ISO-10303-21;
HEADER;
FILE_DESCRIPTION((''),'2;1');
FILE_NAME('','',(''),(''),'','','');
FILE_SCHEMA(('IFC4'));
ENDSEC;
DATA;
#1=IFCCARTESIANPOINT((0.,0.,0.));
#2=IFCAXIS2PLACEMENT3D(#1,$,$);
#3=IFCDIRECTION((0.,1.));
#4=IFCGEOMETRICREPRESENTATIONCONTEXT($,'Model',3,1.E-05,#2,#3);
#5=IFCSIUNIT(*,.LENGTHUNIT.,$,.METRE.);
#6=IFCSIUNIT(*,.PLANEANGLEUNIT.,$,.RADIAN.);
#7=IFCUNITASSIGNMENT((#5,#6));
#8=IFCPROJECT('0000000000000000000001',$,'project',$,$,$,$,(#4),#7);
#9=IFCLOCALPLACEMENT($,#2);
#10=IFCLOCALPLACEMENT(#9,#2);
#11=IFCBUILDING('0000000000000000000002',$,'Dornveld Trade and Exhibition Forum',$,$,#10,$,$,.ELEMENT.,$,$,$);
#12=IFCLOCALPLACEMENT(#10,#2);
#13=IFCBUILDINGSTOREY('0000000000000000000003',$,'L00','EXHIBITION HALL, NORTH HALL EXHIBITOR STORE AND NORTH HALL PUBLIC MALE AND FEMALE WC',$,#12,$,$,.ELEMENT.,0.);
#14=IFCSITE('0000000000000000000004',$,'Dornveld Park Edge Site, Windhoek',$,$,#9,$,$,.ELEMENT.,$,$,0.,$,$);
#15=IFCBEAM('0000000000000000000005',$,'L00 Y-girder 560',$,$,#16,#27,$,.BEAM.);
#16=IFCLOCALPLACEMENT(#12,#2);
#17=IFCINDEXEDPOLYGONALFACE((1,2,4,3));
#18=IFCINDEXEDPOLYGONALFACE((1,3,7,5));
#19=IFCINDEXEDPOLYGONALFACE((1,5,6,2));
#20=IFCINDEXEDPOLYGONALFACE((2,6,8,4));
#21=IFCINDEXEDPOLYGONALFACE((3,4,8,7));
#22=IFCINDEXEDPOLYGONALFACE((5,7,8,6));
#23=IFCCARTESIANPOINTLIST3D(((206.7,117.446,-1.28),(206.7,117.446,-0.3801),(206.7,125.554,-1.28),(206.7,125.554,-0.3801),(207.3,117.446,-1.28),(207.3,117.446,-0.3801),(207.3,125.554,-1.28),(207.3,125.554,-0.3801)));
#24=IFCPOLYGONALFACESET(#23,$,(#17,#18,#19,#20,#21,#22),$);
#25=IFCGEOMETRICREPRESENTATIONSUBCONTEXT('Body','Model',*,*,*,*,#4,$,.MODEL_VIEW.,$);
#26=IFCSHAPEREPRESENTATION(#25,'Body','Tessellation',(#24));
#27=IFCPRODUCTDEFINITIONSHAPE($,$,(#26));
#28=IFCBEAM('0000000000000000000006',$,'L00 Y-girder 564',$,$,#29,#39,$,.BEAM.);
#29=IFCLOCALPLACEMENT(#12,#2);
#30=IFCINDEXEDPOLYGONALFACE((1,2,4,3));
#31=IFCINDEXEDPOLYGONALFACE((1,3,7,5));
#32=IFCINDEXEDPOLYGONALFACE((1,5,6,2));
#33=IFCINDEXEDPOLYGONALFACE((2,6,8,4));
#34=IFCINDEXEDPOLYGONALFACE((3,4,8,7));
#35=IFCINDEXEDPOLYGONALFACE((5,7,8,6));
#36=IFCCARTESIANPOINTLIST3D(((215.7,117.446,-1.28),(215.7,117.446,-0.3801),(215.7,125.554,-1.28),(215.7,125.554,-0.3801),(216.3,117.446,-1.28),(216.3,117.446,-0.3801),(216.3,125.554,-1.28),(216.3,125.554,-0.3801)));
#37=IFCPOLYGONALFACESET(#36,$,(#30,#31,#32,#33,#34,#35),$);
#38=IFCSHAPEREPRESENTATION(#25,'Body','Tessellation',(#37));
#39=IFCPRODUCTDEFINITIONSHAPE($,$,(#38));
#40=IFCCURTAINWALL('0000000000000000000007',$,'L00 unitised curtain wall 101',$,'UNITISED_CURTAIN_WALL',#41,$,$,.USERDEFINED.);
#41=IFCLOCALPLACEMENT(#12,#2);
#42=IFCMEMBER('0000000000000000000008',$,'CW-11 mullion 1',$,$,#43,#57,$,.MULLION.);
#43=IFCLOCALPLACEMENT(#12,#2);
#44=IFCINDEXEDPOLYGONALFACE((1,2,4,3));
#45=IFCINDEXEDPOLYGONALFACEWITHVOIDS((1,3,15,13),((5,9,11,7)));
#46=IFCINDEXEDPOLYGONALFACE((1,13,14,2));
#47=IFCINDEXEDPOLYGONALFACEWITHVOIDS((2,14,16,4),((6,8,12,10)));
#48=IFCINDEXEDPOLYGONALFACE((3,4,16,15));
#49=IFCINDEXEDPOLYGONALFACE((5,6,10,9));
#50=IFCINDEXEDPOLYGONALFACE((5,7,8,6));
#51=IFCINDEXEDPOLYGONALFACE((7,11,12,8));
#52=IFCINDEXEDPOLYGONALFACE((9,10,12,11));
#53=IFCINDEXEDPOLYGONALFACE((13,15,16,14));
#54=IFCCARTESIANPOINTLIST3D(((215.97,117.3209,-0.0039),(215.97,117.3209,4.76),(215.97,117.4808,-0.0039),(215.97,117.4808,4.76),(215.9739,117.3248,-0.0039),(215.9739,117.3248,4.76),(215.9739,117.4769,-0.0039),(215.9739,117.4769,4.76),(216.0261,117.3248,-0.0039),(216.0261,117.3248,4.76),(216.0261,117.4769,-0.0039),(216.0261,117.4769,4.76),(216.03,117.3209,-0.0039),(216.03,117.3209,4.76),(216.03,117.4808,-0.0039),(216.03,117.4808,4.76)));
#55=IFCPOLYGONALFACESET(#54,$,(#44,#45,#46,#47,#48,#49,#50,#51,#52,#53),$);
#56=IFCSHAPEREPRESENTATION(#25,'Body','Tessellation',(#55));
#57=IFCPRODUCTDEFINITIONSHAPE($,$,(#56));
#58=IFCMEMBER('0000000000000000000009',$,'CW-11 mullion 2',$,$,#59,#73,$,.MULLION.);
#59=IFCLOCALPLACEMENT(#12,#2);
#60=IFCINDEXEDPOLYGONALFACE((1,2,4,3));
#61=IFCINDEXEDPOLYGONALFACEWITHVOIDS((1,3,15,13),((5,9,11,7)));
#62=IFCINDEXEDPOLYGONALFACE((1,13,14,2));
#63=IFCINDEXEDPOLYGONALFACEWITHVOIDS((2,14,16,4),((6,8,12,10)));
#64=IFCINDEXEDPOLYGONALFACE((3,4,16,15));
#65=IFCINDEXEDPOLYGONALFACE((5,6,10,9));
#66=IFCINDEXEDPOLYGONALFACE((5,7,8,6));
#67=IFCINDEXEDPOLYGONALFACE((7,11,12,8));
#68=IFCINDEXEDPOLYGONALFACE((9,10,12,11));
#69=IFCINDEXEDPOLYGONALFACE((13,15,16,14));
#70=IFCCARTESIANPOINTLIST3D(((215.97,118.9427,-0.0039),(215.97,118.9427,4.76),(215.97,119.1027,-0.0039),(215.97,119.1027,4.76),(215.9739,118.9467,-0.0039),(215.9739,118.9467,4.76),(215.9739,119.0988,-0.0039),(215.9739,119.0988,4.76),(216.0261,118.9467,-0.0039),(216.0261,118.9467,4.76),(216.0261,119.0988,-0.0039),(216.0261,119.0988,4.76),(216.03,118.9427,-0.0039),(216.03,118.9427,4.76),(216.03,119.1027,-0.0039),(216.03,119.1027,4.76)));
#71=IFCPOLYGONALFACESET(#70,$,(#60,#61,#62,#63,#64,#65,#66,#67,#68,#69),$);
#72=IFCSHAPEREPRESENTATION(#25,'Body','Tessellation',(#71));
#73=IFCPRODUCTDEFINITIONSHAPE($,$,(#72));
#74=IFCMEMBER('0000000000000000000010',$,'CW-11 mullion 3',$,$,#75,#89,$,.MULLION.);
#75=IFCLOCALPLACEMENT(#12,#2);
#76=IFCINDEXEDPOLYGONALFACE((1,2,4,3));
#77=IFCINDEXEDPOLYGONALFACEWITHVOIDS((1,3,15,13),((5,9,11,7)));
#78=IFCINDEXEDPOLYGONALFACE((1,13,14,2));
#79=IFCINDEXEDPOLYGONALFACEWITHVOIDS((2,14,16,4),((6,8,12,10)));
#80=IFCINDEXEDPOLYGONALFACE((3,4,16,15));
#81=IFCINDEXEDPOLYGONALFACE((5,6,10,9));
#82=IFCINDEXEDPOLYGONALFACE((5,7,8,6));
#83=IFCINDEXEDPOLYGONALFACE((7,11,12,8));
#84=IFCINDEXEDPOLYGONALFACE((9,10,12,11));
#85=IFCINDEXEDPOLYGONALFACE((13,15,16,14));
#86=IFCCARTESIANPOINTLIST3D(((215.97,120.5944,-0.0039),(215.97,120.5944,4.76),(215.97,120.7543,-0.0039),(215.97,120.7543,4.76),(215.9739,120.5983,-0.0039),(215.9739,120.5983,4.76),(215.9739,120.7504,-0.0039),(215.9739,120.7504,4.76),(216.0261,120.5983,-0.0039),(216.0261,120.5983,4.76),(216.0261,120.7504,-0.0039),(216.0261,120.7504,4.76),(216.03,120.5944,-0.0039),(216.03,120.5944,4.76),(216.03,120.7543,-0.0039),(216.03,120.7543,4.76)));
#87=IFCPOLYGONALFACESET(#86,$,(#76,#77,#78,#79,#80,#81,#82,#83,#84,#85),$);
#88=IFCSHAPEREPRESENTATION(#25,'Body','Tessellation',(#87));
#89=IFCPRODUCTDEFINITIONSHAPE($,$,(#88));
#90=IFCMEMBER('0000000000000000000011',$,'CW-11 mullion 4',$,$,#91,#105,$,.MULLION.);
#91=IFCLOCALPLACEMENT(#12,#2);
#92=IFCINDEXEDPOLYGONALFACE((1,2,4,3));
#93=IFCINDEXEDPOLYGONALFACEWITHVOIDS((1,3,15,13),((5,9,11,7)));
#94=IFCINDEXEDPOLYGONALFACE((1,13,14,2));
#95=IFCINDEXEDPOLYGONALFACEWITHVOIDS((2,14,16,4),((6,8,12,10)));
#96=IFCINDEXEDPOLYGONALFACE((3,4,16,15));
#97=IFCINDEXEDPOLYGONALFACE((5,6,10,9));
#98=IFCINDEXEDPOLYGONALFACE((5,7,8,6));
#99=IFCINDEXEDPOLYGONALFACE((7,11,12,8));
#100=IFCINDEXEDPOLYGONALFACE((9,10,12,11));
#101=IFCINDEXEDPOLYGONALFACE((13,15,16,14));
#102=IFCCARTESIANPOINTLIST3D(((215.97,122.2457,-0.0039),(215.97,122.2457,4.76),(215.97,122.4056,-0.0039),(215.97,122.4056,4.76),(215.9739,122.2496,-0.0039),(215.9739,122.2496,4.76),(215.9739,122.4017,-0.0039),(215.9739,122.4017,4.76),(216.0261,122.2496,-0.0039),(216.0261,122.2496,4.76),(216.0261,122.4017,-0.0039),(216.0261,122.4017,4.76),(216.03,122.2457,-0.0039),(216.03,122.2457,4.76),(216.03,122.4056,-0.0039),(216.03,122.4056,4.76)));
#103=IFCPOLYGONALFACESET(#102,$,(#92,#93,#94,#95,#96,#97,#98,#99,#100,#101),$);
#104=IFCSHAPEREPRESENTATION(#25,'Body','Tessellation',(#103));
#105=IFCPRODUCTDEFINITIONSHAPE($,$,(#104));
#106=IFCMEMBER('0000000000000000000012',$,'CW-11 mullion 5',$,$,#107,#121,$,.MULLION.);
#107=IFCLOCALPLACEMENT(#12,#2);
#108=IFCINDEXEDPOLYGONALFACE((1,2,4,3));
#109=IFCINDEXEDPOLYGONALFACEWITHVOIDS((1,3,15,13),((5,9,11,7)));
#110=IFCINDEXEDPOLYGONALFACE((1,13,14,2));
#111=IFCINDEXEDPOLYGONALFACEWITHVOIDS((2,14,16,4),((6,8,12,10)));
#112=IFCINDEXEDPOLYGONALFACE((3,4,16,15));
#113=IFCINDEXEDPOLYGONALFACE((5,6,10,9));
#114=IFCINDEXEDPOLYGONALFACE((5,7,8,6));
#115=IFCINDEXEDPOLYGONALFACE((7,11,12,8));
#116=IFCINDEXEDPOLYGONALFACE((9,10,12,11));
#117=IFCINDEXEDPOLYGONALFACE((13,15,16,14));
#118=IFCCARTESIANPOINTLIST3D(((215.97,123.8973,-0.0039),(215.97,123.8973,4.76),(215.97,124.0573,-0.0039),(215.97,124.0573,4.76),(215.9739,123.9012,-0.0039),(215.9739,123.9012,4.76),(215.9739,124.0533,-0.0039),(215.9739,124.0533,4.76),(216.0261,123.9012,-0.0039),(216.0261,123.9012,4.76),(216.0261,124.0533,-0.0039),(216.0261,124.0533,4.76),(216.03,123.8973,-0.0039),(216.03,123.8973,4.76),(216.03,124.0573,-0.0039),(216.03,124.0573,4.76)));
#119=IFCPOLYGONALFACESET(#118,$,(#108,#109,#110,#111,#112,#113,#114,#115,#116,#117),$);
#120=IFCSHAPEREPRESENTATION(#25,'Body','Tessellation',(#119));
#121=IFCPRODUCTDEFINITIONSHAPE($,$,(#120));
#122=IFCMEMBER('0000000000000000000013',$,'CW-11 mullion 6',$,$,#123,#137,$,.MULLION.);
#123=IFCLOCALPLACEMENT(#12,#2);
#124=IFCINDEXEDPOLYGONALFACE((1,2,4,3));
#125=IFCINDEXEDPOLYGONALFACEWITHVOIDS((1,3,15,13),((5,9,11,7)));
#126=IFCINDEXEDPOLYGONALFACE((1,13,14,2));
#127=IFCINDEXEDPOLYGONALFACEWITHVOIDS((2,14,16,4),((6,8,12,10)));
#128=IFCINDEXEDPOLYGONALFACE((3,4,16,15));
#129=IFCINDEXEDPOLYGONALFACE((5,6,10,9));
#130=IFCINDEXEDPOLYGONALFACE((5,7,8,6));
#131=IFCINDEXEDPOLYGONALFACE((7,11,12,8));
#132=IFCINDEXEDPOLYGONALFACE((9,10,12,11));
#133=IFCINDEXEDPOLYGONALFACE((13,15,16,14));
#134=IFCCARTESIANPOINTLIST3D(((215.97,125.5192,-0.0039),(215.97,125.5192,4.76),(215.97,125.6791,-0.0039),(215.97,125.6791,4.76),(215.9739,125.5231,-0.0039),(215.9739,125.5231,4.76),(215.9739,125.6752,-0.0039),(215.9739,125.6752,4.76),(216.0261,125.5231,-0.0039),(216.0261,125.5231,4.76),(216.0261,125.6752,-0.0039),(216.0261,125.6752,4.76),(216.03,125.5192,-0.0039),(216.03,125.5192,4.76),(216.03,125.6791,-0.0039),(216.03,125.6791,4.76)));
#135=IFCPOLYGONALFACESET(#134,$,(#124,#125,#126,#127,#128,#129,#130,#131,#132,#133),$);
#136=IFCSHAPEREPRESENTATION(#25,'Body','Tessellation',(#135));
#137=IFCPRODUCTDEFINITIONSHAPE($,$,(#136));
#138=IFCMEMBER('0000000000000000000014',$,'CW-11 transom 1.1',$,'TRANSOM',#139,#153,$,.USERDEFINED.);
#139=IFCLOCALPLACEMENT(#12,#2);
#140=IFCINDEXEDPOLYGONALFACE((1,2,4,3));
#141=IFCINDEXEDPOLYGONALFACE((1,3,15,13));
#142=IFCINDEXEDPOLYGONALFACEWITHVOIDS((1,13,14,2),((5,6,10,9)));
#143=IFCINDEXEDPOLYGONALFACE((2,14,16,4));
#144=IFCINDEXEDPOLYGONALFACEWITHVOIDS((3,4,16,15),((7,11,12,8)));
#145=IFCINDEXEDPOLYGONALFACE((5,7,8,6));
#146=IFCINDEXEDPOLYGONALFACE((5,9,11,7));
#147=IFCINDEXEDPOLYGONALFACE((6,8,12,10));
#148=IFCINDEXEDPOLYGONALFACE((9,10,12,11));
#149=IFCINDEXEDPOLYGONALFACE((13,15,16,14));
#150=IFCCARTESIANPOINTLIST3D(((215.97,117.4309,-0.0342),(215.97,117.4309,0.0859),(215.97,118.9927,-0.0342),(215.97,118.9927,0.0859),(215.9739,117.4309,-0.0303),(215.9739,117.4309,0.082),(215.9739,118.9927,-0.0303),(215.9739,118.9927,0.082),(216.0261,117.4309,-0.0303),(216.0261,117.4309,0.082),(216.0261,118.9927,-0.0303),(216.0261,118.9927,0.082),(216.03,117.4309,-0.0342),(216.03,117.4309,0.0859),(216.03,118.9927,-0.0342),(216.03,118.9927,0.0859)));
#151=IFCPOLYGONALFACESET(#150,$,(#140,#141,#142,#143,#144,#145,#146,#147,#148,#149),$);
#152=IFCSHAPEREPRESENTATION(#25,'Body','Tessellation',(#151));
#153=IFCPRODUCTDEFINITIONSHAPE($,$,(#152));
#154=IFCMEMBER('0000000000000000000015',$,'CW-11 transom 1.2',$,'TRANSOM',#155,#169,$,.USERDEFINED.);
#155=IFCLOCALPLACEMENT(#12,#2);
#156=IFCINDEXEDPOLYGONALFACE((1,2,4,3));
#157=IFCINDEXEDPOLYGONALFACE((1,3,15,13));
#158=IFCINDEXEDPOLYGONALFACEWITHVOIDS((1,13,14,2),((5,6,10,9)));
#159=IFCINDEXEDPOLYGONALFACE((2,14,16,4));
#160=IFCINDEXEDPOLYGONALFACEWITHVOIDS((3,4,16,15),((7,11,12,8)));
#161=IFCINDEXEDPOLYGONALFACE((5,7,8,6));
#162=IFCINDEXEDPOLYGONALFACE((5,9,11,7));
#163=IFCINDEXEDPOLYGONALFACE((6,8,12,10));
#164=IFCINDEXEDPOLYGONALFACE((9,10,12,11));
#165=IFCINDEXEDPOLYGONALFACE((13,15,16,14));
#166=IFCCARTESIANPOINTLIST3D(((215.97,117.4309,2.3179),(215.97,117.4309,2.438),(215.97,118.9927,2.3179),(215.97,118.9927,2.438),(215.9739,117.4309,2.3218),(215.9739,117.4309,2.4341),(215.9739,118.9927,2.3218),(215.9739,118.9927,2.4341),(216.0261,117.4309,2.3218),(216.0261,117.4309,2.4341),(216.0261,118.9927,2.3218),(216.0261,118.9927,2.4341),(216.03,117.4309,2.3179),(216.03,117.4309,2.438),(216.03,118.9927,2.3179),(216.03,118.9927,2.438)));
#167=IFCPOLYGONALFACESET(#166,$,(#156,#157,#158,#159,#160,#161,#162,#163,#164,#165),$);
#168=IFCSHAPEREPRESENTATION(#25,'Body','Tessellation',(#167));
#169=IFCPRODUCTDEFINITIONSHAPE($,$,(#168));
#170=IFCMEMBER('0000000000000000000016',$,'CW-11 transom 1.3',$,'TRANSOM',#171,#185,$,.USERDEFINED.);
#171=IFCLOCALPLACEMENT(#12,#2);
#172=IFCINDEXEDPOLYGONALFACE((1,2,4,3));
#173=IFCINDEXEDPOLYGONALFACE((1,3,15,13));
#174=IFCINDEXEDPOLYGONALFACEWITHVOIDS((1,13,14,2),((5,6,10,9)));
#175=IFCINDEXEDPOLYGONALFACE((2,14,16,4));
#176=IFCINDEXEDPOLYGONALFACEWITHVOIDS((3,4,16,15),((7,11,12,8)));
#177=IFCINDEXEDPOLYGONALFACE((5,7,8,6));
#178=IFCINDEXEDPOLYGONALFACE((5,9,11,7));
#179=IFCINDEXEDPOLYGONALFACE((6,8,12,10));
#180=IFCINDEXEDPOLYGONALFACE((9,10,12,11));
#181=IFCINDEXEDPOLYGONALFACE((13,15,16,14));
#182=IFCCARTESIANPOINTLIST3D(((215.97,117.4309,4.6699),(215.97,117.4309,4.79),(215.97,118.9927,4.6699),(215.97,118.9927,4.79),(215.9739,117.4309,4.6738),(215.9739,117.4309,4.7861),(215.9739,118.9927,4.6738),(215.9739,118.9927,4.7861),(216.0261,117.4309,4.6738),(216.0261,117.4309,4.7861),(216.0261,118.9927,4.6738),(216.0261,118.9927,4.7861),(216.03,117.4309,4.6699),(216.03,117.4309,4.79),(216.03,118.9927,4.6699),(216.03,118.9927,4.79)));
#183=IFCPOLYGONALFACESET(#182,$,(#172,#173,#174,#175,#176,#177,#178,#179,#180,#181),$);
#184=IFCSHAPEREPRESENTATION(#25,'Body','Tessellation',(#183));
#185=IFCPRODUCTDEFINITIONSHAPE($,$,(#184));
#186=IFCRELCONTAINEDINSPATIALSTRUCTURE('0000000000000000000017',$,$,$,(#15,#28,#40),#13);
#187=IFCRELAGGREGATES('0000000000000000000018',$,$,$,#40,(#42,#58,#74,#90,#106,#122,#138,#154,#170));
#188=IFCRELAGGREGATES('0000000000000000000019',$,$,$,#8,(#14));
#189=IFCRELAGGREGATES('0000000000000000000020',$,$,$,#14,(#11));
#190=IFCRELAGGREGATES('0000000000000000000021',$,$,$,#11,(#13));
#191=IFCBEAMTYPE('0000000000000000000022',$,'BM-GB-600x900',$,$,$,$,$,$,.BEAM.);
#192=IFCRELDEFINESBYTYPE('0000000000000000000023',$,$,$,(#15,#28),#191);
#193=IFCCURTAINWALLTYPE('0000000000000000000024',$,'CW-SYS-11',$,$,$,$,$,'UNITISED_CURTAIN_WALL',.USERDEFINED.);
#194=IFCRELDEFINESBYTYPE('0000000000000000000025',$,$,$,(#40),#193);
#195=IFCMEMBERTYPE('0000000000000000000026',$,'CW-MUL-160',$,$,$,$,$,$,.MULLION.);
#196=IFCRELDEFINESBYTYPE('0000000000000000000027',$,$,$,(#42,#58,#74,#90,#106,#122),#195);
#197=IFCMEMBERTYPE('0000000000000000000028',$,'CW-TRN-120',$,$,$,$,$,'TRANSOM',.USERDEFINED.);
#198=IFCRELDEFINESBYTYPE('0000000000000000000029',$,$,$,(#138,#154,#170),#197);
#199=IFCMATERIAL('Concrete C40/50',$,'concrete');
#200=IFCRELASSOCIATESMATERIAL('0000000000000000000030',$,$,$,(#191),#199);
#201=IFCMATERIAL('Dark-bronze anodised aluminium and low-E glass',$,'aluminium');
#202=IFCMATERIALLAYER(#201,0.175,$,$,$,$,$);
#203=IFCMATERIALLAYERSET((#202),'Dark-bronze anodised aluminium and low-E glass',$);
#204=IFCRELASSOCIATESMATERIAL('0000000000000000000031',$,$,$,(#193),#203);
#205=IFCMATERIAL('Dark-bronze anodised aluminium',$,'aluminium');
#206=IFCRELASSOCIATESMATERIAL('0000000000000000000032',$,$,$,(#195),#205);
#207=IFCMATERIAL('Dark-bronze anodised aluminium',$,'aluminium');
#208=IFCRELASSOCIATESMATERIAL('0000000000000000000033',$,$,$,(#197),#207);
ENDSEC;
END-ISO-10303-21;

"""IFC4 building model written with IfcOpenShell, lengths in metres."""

from ifc_helpers import new_model, si_unit, direction, frame, origin, origin_2d, place, context, subcontext, project, spatial, rectangle, hollow_rectangle, extrude, material, layer, layer_set, material_profile, profile_set, type_object, element, aggregate, save


model = new_model("IFC4")

# Units and contexts
model_context = context("Model", 3, precision=1e-05, world=origin(), true_north=direction((0.0, 1.0)))
body_context = subcontext(model_context, "Body", "Model", "MODEL_VIEW")
ifc_project = project(units=[si_unit("LENGTHUNIT", "METRE"), si_unit("PLANEANGLEUNIT", "RADIAN")], contexts=[model_context])

# Site, building, storey
site_placement = place(None, origin())
site = spatial("IfcSite", under=ifc_project, at=site_placement, Name="Dornveld Park Edge Site, Windhoek", CompositionType="ELEMENT", RefElevation=0.0)
building_placement = place(site_placement, origin())
building = spatial("IfcBuilding", under=site, at=building_placement, Name="Dornveld Trade and Exhibition Forum", CompositionType="ELEMENT")
storey_placement = place(building_placement, origin())
storey = spatial("IfcBuildingStorey", under=building, at=storey_placement, Name="L00", Description="EXHIBITION HALL, NORTH HALL EXHIBITOR STORE AND NORTH HALL PUBLIC MALE AND FEMALE WC", CompositionType="ELEMENT", Elevation=0.0)

# Beams
ifc_material_1 = material(Name="Concrete C40/50", Category="concrete")
ifc_material_profile_1 = material_profile(ifc_material_1, rectangle(XDim=0.6001, YDim=0.8999, at=origin_2d()), Name="RC-GB 600x900")
ifc_profile_set_1 = profile_set([ifc_material_profile_1], Name="Concrete C40/50")
beam_type = type_object("IfcBeamType", Name="BM-GB-600x900", PredefinedType="BEAM", material=ifc_profile_set_1)
for number, where, z_axis, x_axis, name in (
    (1, (207.0, 117.446, -0.8301), (0.0, 1.0, 0.0), (-1.0, 0.0, 0.0), "L00 Y-girder 560"),
    (2, (216.0, 117.446, -0.8301), (0.0, 1.0, 0.0), (-1.0, 0.0, 0.0), "L00 Y-girder 564"),
):
    element("IfcBeam", number, at=place(storey_placement, frame(where, z_axis=z_axis, x_axis=x_axis)), inside=storey, type_object=beam_type, Name=name, PredefinedType="BEAM", context=body_context, shape_type="SweptSolid", body=[
        extrude(rectangle(XDim=0.6001, YDim=0.8999, at=origin_2d()), origin(), (0.0, 0.0, 1.0), 8.1079),
    ])

# Curtain wall, members
ifc_material_2 = material(Name="Dark-bronze anodised aluminium and low-E glass", Category="aluminium")
ifc_layer_1 = layer(ifc_material_2, 0.175)
ifc_layer_set_1 = layer_set([ifc_layer_1], Name="Dark-bronze anodised aluminium and low-E glass")
curtain_wall_type = type_object("IfcCurtainWallType", Name="CW-SYS-11", ElementType="UNITISED_CURTAIN_WALL", PredefinedType="USERDEFINED", material=ifc_layer_set_1)
curtain_wall_placement = place(storey_placement, origin())
curtain_wall = element("IfcCurtainWall", 3, at=curtain_wall_placement, inside=storey, type_object=curtain_wall_type, Name="L00 unitised curtain wall 101", ObjectType="UNITISED_CURTAIN_WALL", PredefinedType="USERDEFINED")
ifc_material_3 = material(Name="Dark-bronze anodised aluminium", Category="aluminium")
ifc_material_profile_2 = material_profile(ifc_material_3, hollow_rectangle(XDim=0.0601, YDim=0.1599, WallThickness=0.0039, at=origin_2d()), Name="RHS 160x60x4")
ifc_profile_set_2 = profile_set([ifc_material_profile_2], Name="Dark-bronze anodised aluminium")
member_type_1 = type_object("IfcMemberType", Name="CW-MUL-160", PredefinedType="MULLION", material=ifc_profile_set_2)
member_1_placement = place(storey_placement, frame((216.0, 117.4009, -0.0039), z_axis=(0.0, 0.0, 1.0), x_axis=(-1.0, 0.0, 0.0)))
member_1 = element("IfcMember", 4, at=member_1_placement, type_object=member_type_1, Name="CW-11 mullion 1", PredefinedType="MULLION", context=body_context, shape_type="SweptSolid", body=[
    extrude(hollow_rectangle(XDim=0.0601, YDim=0.1599, WallThickness=0.0039, at=origin_2d()), origin(), (0.0, 0.0, 1.0), 4.7639),
])
member_2_placement = place(storey_placement, frame((216.0, 119.0227, -0.0039), z_axis=(0.0, 0.0, 1.0), x_axis=(-1.0, 0.0, 0.0)))
member_2 = element("IfcMember", 5, at=member_2_placement, type_object=member_type_1, Name="CW-11 mullion 2", PredefinedType="MULLION", context=body_context, shape_type="SweptSolid", body=[
    extrude(hollow_rectangle(XDim=0.0601, YDim=0.1599, WallThickness=0.0039, at=origin_2d()), origin(), (0.0, 0.0, 1.0), 4.7639),
])
member_3_placement = place(storey_placement, frame((216.0, 120.6743, -0.0039), z_axis=(0.0, 0.0, 1.0), x_axis=(-1.0, 0.0, 0.0)))
member_3 = element("IfcMember", 6, at=member_3_placement, type_object=member_type_1, Name="CW-11 mullion 3", PredefinedType="MULLION", context=body_context, shape_type="SweptSolid", body=[
    extrude(hollow_rectangle(XDim=0.0601, YDim=0.1599, WallThickness=0.0039, at=origin_2d()), origin(), (0.0, 0.0, 1.0), 4.7639),
])
member_4_placement = place(storey_placement, frame((216.0, 122.3257, -0.0039), z_axis=(0.0, 0.0, 1.0), x_axis=(-1.0, 0.0, 0.0)))
member_4 = element("IfcMember", 7, at=member_4_placement, type_object=member_type_1, Name="CW-11 mullion 4", PredefinedType="MULLION", context=body_context, shape_type="SweptSolid", body=[
    extrude(hollow_rectangle(XDim=0.0601, YDim=0.1599, WallThickness=0.0039, at=origin_2d()), origin(), (0.0, 0.0, 1.0), 4.7639),
])
member_5_placement = place(storey_placement, frame((216.0, 123.9773, -0.0039), z_axis=(0.0, 0.0, 1.0), x_axis=(-1.0, 0.0, 0.0)))
member_5 = element("IfcMember", 8, at=member_5_placement, type_object=member_type_1, Name="CW-11 mullion 5", PredefinedType="MULLION", context=body_context, shape_type="SweptSolid", body=[
    extrude(hollow_rectangle(XDim=0.0601, YDim=0.1599, WallThickness=0.0039, at=origin_2d()), origin(), (0.0, 0.0, 1.0), 4.7639),
])
member_6_placement = place(storey_placement, frame((216.0, 125.5991, -0.0039), z_axis=(0.0, 0.0, 1.0), x_axis=(-1.0, 0.0, 0.0)))
member_6 = element("IfcMember", 9, at=member_6_placement, type_object=member_type_1, Name="CW-11 mullion 6", PredefinedType="MULLION", context=body_context, shape_type="SweptSolid", body=[
    extrude(hollow_rectangle(XDim=0.0601, YDim=0.1599, WallThickness=0.0039, at=origin_2d()), origin(), (0.0, 0.0, 1.0), 4.7639),
])
ifc_material_4 = material(Name="Dark-bronze anodised aluminium", Category="aluminium")
ifc_material_profile_3 = material_profile(ifc_material_4, hollow_rectangle(XDim=0.0601, YDim=0.1201, WallThickness=0.0039, at=origin_2d()), Name="RHS 120x60x4")
ifc_profile_set_3 = profile_set([ifc_material_profile_3], Name="Dark-bronze anodised aluminium")
member_type_2 = type_object("IfcMemberType", Name="CW-TRN-120", ElementType="TRANSOM", PredefinedType="USERDEFINED", material=ifc_profile_set_3)
member_7_placement = place(storey_placement, frame((216.0, 117.4309, 0.0259), z_axis=(0.0, 1.0, 0.0), x_axis=(-1.0, 0.0, 0.0)))
member_7 = element("IfcMember", 10, at=member_7_placement, type_object=member_type_2, Name="CW-11 transom 1.1", ObjectType="TRANSOM", PredefinedType="USERDEFINED", context=body_context, shape_type="SweptSolid", body=[
    extrude(hollow_rectangle(XDim=0.0601, YDim=0.1201, WallThickness=0.0039, at=origin_2d()), origin(), (0.0, 0.0, 1.0), 1.5618),
])
member_8_placement = place(storey_placement, frame((216.0, 117.4309, 2.3779), z_axis=(0.0, 1.0, 0.0), x_axis=(-1.0, 0.0, 0.0)))
member_8 = element("IfcMember", 11, at=member_8_placement, type_object=member_type_2, Name="CW-11 transom 1.2", ObjectType="TRANSOM", PredefinedType="USERDEFINED", context=body_context, shape_type="SweptSolid", body=[
    extrude(hollow_rectangle(XDim=0.0601, YDim=0.1201, WallThickness=0.0039, at=origin_2d()), origin(), (0.0, 0.0, 1.0), 1.5618),
])
member_9_placement = place(storey_placement, frame((216.0, 117.4309, 4.73), z_axis=(0.0, 1.0, 0.0), x_axis=(-1.0, 0.0, 0.0)))
member_9 = element("IfcMember", 12, at=member_9_placement, type_object=member_type_2, Name="CW-11 transom 1.3", ObjectType="TRANSOM", PredefinedType="USERDEFINED", context=body_context, shape_type="SweptSolid", body=[
    extrude(hollow_rectangle(XDim=0.0601, YDim=0.1201, WallThickness=0.0039, at=origin_2d()), origin(), (0.0, 0.0, 1.0), 1.5618),
])
aggregate(curtain_wall, [member_1, member_2, member_3, member_4, member_5, member_6, member_7, member_8, member_9])

save(model, "model.ifc")
